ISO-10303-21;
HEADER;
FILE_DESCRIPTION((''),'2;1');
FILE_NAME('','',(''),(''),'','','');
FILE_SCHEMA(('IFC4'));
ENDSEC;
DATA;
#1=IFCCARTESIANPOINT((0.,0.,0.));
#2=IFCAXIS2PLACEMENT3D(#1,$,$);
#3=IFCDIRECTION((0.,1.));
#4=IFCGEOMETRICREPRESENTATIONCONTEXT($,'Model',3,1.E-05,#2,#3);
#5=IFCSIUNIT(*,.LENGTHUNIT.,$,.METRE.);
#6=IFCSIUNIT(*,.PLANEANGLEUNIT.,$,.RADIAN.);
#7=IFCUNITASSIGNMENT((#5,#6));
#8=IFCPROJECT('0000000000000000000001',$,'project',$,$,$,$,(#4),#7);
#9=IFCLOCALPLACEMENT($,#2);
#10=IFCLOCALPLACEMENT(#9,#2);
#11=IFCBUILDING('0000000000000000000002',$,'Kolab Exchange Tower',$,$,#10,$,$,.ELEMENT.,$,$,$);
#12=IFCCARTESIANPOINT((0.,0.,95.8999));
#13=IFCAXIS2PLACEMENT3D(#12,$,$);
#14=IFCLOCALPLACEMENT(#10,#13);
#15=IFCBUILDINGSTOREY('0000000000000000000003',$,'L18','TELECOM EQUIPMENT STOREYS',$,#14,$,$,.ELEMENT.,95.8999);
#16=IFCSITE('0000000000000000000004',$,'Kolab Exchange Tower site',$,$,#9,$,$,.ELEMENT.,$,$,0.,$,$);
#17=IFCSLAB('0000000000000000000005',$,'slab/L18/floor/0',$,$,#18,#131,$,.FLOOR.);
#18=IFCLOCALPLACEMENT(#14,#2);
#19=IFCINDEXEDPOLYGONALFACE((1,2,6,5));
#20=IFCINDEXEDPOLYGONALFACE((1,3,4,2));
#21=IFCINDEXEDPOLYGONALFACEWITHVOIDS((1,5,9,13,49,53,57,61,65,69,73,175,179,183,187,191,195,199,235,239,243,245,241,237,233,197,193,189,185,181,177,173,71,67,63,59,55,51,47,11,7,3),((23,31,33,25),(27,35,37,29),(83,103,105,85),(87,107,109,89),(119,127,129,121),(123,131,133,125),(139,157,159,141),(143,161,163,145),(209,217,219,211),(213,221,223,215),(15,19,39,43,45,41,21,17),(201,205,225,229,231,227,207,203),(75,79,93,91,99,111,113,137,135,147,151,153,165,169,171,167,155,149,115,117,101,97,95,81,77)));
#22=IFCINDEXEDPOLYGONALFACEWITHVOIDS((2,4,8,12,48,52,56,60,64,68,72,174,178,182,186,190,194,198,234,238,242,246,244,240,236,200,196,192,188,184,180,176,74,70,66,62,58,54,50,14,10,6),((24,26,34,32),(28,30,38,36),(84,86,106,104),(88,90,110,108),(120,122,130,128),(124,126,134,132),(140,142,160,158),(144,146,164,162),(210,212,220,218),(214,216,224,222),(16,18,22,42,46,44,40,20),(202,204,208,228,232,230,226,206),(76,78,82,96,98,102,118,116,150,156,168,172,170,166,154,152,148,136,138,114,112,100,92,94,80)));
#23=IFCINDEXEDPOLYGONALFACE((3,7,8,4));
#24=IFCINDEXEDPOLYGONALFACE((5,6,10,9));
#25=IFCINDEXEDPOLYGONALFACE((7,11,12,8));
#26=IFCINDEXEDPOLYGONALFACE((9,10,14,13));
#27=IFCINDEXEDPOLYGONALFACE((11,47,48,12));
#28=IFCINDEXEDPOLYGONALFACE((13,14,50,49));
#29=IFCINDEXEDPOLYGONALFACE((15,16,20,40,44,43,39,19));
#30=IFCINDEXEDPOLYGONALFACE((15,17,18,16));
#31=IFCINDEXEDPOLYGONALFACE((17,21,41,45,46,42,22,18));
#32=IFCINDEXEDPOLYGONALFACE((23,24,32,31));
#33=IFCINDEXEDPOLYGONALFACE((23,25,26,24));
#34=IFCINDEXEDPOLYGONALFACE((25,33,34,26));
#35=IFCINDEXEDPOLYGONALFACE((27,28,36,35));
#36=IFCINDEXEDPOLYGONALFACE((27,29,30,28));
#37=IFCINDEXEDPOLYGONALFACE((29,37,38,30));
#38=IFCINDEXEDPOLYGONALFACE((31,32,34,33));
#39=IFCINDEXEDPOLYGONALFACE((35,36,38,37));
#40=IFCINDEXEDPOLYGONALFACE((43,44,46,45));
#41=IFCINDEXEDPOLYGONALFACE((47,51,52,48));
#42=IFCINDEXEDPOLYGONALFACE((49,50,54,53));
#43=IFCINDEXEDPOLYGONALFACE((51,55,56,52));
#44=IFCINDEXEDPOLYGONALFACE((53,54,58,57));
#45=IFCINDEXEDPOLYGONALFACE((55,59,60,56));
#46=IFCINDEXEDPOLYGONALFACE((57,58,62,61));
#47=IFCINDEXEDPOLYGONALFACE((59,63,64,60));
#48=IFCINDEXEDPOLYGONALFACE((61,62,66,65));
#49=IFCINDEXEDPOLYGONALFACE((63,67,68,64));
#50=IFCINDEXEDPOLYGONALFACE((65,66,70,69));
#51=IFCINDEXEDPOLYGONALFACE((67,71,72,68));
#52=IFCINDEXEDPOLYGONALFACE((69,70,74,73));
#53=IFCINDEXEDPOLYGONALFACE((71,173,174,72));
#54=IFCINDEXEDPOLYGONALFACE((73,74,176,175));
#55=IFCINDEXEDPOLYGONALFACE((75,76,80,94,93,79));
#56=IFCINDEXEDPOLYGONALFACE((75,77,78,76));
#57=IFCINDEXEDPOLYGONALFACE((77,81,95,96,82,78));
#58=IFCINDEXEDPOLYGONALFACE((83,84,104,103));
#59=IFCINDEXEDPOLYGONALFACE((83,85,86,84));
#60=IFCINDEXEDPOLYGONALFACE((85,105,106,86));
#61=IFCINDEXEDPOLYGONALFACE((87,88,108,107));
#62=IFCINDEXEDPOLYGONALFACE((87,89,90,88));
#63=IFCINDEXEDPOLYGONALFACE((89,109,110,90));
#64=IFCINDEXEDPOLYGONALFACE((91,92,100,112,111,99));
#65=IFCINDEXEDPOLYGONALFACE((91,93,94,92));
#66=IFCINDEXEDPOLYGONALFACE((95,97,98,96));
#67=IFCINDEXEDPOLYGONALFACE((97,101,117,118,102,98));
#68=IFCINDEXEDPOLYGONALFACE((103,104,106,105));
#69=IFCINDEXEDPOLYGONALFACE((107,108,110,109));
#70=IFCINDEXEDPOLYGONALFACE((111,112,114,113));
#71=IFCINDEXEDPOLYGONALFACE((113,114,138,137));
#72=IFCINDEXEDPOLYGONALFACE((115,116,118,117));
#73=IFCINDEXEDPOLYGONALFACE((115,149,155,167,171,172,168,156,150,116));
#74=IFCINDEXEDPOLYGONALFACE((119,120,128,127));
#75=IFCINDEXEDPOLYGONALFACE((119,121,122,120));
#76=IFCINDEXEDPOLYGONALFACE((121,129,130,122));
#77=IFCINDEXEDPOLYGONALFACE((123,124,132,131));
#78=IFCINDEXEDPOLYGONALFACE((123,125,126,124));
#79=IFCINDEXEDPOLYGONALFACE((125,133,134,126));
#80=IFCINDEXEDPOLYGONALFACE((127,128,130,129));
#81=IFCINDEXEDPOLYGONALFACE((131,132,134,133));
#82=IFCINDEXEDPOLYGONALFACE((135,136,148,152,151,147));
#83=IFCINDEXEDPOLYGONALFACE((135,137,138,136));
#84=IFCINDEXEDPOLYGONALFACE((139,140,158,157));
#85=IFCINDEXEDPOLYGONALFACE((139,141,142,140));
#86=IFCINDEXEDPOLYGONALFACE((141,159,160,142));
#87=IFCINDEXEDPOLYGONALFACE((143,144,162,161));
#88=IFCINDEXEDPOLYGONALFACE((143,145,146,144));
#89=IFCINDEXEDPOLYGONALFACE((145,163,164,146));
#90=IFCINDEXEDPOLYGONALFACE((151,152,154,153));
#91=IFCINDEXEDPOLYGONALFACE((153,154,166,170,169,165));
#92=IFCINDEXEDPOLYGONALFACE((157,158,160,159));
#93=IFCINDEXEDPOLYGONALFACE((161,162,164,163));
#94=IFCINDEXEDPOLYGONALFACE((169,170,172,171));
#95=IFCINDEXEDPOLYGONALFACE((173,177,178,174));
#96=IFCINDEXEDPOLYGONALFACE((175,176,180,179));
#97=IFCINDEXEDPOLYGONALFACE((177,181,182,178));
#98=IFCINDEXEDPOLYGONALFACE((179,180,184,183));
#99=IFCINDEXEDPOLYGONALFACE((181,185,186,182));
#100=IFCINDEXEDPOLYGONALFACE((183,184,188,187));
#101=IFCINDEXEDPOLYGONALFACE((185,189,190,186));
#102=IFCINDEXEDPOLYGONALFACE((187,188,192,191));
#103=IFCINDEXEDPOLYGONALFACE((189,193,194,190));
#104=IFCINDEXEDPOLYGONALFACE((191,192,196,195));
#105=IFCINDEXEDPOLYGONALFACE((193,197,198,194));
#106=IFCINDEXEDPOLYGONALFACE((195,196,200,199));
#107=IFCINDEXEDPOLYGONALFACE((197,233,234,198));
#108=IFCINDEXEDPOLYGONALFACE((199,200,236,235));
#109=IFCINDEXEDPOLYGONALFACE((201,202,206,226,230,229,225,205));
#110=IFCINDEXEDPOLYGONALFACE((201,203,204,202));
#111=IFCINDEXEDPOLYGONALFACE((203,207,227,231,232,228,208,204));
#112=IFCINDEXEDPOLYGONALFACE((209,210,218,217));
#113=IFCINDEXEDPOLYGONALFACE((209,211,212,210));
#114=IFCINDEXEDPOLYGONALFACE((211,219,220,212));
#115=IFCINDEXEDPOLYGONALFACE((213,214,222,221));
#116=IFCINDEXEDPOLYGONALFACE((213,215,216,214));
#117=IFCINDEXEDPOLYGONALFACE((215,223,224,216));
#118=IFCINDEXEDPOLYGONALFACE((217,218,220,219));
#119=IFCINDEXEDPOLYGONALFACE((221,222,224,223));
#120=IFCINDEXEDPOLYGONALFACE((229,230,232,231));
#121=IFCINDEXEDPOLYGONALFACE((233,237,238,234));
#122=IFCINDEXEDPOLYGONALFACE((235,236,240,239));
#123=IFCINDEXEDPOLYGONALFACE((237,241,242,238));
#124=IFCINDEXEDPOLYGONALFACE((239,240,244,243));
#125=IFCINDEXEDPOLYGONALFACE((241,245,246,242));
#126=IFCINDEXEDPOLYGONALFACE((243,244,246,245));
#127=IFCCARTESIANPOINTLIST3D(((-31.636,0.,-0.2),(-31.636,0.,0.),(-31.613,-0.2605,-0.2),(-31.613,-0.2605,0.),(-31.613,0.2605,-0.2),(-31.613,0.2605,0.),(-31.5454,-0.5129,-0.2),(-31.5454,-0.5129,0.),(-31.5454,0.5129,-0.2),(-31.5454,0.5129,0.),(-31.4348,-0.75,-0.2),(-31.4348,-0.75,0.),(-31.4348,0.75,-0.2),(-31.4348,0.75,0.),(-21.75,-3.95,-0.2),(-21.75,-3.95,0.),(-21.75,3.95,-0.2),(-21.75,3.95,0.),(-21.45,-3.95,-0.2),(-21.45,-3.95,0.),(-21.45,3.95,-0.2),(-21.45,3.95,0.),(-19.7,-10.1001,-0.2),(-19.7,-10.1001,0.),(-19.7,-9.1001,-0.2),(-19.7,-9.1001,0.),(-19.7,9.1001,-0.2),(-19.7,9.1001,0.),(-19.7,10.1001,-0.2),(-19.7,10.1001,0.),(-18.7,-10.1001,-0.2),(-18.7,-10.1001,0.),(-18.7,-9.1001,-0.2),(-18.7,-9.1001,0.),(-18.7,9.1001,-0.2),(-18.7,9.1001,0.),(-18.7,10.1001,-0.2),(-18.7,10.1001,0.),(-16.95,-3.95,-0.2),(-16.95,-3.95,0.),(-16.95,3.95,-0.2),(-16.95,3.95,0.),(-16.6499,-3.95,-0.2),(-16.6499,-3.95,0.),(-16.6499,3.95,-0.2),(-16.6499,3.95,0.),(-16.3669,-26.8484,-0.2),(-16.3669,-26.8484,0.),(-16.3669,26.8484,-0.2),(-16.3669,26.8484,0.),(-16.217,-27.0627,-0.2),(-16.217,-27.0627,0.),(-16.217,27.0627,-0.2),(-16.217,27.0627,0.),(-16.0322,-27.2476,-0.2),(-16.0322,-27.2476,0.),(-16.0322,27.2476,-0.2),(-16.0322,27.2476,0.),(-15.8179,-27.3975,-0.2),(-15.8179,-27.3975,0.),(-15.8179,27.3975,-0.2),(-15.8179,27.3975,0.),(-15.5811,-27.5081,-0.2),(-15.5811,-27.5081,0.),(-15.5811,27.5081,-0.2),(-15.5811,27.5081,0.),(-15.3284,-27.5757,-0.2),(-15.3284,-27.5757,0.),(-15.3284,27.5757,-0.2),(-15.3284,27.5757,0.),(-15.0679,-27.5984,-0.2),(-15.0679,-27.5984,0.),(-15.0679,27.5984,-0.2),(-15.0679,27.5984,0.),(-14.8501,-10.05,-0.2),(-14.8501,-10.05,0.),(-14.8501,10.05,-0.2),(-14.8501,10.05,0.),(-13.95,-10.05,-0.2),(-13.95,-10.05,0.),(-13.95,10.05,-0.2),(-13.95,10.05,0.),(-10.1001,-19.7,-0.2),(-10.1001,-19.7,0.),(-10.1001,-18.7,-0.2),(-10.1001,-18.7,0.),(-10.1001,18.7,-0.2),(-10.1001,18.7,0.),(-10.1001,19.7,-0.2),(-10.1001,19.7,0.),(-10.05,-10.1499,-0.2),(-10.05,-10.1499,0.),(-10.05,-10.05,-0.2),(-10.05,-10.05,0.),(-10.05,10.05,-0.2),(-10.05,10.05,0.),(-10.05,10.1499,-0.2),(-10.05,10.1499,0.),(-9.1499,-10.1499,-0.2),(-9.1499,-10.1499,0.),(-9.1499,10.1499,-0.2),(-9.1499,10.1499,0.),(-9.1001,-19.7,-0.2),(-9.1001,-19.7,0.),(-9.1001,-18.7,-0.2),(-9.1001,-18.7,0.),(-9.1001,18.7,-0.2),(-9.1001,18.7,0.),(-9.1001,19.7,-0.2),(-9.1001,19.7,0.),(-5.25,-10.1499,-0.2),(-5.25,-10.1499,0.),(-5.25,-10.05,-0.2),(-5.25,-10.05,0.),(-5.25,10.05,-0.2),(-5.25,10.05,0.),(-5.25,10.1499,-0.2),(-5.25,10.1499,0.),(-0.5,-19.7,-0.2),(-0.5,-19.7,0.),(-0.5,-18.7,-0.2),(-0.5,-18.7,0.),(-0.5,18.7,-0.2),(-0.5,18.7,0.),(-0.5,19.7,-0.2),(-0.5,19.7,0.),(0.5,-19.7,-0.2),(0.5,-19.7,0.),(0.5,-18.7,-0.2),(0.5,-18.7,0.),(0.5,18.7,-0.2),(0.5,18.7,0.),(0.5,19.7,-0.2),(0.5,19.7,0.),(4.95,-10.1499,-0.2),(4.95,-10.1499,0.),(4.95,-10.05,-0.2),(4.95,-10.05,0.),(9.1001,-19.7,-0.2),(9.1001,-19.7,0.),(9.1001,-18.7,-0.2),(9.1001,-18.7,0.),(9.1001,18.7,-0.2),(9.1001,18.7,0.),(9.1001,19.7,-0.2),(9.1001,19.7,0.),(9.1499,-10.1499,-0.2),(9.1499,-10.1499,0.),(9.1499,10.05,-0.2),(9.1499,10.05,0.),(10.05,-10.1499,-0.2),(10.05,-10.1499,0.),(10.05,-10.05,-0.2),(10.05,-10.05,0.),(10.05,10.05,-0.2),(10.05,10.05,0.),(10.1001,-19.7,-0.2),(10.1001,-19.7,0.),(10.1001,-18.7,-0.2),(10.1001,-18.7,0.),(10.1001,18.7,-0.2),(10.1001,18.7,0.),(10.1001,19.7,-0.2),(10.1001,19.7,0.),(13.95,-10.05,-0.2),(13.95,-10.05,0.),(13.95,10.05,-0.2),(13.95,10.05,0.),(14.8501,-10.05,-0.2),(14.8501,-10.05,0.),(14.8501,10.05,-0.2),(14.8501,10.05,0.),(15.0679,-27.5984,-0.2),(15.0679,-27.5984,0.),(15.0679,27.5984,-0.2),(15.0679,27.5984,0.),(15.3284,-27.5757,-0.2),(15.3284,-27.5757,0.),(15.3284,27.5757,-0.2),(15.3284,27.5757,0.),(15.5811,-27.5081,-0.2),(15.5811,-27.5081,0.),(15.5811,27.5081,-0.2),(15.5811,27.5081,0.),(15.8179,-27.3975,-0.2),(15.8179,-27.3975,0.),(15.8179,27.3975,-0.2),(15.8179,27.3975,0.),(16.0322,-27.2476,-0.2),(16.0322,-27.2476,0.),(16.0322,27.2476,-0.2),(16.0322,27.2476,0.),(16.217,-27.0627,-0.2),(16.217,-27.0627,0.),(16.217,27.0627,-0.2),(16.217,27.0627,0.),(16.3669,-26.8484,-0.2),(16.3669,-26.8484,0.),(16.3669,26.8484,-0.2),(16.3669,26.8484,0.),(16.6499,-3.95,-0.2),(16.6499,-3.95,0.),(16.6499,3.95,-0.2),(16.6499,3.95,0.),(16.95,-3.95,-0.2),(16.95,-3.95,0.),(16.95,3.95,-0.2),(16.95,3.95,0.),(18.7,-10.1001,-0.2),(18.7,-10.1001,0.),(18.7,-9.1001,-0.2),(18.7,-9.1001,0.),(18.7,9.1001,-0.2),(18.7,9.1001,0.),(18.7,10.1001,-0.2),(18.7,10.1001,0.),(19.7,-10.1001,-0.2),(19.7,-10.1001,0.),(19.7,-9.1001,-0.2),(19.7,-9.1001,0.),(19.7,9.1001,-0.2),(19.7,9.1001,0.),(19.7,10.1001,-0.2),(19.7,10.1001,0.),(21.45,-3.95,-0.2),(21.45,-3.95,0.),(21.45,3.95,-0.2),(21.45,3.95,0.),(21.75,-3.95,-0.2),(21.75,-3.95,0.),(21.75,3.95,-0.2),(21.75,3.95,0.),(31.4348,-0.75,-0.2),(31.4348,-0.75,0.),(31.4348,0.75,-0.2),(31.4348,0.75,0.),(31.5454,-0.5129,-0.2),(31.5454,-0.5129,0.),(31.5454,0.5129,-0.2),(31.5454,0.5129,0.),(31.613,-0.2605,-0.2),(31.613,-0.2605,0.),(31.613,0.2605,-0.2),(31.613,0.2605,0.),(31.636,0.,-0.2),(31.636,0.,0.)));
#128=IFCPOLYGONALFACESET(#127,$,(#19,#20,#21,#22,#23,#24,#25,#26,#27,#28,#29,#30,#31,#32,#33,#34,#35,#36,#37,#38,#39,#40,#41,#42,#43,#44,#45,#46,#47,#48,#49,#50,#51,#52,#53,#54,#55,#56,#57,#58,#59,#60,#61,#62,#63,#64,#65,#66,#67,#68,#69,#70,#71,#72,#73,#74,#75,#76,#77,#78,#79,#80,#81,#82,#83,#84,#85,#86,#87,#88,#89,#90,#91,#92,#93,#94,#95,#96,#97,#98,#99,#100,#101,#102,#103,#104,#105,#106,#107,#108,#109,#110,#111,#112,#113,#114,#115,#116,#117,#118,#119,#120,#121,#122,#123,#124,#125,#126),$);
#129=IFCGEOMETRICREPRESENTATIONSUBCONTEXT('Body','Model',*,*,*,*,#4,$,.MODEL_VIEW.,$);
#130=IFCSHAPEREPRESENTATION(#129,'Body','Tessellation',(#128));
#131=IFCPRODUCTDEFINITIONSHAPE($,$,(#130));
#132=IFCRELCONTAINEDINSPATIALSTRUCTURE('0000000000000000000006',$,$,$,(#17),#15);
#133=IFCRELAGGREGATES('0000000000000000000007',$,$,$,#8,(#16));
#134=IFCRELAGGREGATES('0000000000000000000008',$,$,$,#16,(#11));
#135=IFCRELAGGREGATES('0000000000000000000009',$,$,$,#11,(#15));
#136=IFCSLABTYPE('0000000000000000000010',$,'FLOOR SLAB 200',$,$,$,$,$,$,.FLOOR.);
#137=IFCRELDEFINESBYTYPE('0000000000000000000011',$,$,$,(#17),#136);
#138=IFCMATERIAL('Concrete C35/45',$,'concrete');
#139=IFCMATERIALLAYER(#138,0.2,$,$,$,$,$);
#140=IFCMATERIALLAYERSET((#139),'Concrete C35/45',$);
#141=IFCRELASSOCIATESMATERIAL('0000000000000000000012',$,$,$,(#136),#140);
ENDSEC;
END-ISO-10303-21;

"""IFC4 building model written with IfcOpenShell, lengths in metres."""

from ifc_helpers import new_model, si_unit, direction, frame, origin, place, context, subcontext, project, spatial, polyline, outline, extrude, material, layer, layer_set, type_object, element, save


model = new_model("IFC4")

# Units and contexts
model_context = context("Model", 3, precision=1e-05, world=origin(), true_north=direction((0.0, 1.0)))
body_context = subcontext(model_context, "Body", "Model", "MODEL_VIEW")
ifc_project = project(units=[si_unit("LENGTHUNIT", "METRE"), si_unit("PLANEANGLEUNIT", "RADIAN")], contexts=[model_context])

# Site, building, storey
site_placement = place(None, origin())
site = spatial("IfcSite", under=ifc_project, at=site_placement, Name="Kolab Exchange Tower site", CompositionType="ELEMENT", RefElevation=0.0)
building_placement = place(site_placement, origin())
building = spatial("IfcBuilding", under=site, at=building_placement, Name="Kolab Exchange Tower", CompositionType="ELEMENT")
storey_placement = place(building_placement, frame((0.0, 0.0, 95.8999)))
storey = spatial("IfcBuildingStorey", under=building, at=storey_placement, Name="L18", Description="TELECOM EQUIPMENT STOREYS", CompositionType="ELEMENT", Elevation=95.8999)

# Slab
ifc_material_1 = material(Name="Concrete C35/45", Category="concrete")
ifc_layer_1 = layer(ifc_material_1, 0.2)
ifc_layer_set_1 = layer_set([ifc_layer_1], Name="Concrete C35/45")
slab_type = type_object("IfcSlabType", Name="FLOOR SLAB 200", PredefinedType="FLOOR", material=ifc_layer_set_1)
slab_1_placement = place(storey_placement, frame((0.0, 0.0, -0.2)))
element("IfcSlab", 1, at=slab_1_placement, inside=storey, type_object=slab_type, Name="slab/L18/floor/0", PredefinedType="FLOOR", context=body_context, shape_type="SweptSolid", body=[
    extrude(outline(polyline([(16.3669, -26.8484), (31.4348, -0.75), (31.5454, -0.5129), (31.613, -0.2605), (31.636, 0.0), (31.613, 0.2605), (31.5454, 0.5129), (31.4348, 0.75), (16.3669, 26.8484), (16.217, 27.0627), (16.0322, 27.2476), (15.8179, 27.3975), (15.5811, 27.5081), (15.3284, 27.5757), (15.0679, 27.5984), (-15.0679, 27.5984), (-15.3284, 27.5757), (-15.5811, 27.5081), (-15.8179, 27.3975), (-16.0322, 27.2476), (-16.217, 27.0627), (-16.3669, 26.8484), (-31.4348, 0.75), (-31.5454, 0.5129), (-31.613, 0.2605), (-31.636, 0.0), (-31.613, -0.2605), (-31.5454, -0.5129), (-31.4348, -0.75), (-16.3669, -26.8484), (-16.217, -27.0627), (-16.0322, -27.2476), (-15.8179, -27.3975), (-15.5811, -27.5081), (-15.3284, -27.5757), (-15.0679, -27.5984), (15.0679, -27.5984), (15.3284, -27.5757), (15.5811, -27.5081), (15.8179, -27.3975), (16.0322, -27.2476), (16.217, -27.0627), (16.3669, -26.8484)]), holes=[polyline([(-13.95, -10.05), (-14.8501, -10.05), (-14.8501, 10.05), (-13.95, 10.05), (-10.05, 10.05), (-10.05, 10.1499), (-9.1499, 10.1499), (-5.25, 10.1499), (-5.25, 10.05), (9.1499, 10.05), (10.05, 10.05), (13.95, 10.05), (14.8501, 10.05), (14.8501, -10.05), (13.95, -10.05), (10.05, -10.05), (10.05, -10.1499), (9.1499, -10.1499), (4.95, -10.1499), (4.95, -10.05), (-5.25, -10.05), (-5.25, -10.1499), (-9.1499, -10.1499), (-10.05, -10.1499), (-10.05, -10.05), (-13.95, -10.05)]), polyline([(-18.7, -9.1001), (-18.7, -10.1001), (-19.7, -10.1001), (-19.7, -9.1001), (-18.7, -9.1001)]), polyline([(-21.45, -3.95), (-21.75, -3.95), (-21.75, 3.95), (-21.45, 3.95), (-16.95, 3.95), (-16.6499, 3.95), (-16.6499, -3.95), (-16.95, -3.95), (-21.45, -3.95)]), polyline([(-18.7, 10.1001), (-18.7, 9.1001), (-19.7, 9.1001), (-19.7, 10.1001), (-18.7, 10.1001)]), polyline([(-9.1001, -18.7), (-9.1001, -19.7), (-10.1001, -19.7), (-10.1001, -18.7), (-9.1001, -18.7)]), polyline([(-9.1001, 19.7), (-9.1001, 18.7), (-10.1001, 18.7), (-10.1001, 19.7), (-9.1001, 19.7)]), polyline([(9.1001, -18.7), (10.1001, -18.7), (10.1001, -19.7), (9.1001, -19.7), (9.1001, -18.7)]), polyline([(-0.5, -18.7), (0.5, -18.7), (0.5, -19.7), (-0.5, -19.7), (-0.5, -18.7)]), polyline([(0.5, 19.7), (0.5, 18.7), (-0.5, 18.7), (-0.5, 19.7), (0.5, 19.7)]), polyline([(10.1001, 19.7), (10.1001, 18.7), (9.1001, 18.7), (9.1001, 19.7), (10.1001, 19.7)]), polyline([(19.7, -9.1001), (19.7, -10.1001), (18.7, -10.1001), (18.7, -9.1001), (19.7, -9.1001)]), polyline([(21.45, 3.95), (21.75, 3.95), (21.75, -3.95), (21.45, -3.95), (16.95, -3.95), (16.6499, -3.95), (16.6499, 3.95), (16.95, 3.95), (21.45, 3.95)]), polyline([(19.7, 10.1001), (19.7, 9.1001), (18.7, 9.1001), (18.7, 10.1001), (19.7, 10.1001)])]), origin(), (0.0, 0.0, 1.0), 0.2),
])

save(model, "model.ifc")
